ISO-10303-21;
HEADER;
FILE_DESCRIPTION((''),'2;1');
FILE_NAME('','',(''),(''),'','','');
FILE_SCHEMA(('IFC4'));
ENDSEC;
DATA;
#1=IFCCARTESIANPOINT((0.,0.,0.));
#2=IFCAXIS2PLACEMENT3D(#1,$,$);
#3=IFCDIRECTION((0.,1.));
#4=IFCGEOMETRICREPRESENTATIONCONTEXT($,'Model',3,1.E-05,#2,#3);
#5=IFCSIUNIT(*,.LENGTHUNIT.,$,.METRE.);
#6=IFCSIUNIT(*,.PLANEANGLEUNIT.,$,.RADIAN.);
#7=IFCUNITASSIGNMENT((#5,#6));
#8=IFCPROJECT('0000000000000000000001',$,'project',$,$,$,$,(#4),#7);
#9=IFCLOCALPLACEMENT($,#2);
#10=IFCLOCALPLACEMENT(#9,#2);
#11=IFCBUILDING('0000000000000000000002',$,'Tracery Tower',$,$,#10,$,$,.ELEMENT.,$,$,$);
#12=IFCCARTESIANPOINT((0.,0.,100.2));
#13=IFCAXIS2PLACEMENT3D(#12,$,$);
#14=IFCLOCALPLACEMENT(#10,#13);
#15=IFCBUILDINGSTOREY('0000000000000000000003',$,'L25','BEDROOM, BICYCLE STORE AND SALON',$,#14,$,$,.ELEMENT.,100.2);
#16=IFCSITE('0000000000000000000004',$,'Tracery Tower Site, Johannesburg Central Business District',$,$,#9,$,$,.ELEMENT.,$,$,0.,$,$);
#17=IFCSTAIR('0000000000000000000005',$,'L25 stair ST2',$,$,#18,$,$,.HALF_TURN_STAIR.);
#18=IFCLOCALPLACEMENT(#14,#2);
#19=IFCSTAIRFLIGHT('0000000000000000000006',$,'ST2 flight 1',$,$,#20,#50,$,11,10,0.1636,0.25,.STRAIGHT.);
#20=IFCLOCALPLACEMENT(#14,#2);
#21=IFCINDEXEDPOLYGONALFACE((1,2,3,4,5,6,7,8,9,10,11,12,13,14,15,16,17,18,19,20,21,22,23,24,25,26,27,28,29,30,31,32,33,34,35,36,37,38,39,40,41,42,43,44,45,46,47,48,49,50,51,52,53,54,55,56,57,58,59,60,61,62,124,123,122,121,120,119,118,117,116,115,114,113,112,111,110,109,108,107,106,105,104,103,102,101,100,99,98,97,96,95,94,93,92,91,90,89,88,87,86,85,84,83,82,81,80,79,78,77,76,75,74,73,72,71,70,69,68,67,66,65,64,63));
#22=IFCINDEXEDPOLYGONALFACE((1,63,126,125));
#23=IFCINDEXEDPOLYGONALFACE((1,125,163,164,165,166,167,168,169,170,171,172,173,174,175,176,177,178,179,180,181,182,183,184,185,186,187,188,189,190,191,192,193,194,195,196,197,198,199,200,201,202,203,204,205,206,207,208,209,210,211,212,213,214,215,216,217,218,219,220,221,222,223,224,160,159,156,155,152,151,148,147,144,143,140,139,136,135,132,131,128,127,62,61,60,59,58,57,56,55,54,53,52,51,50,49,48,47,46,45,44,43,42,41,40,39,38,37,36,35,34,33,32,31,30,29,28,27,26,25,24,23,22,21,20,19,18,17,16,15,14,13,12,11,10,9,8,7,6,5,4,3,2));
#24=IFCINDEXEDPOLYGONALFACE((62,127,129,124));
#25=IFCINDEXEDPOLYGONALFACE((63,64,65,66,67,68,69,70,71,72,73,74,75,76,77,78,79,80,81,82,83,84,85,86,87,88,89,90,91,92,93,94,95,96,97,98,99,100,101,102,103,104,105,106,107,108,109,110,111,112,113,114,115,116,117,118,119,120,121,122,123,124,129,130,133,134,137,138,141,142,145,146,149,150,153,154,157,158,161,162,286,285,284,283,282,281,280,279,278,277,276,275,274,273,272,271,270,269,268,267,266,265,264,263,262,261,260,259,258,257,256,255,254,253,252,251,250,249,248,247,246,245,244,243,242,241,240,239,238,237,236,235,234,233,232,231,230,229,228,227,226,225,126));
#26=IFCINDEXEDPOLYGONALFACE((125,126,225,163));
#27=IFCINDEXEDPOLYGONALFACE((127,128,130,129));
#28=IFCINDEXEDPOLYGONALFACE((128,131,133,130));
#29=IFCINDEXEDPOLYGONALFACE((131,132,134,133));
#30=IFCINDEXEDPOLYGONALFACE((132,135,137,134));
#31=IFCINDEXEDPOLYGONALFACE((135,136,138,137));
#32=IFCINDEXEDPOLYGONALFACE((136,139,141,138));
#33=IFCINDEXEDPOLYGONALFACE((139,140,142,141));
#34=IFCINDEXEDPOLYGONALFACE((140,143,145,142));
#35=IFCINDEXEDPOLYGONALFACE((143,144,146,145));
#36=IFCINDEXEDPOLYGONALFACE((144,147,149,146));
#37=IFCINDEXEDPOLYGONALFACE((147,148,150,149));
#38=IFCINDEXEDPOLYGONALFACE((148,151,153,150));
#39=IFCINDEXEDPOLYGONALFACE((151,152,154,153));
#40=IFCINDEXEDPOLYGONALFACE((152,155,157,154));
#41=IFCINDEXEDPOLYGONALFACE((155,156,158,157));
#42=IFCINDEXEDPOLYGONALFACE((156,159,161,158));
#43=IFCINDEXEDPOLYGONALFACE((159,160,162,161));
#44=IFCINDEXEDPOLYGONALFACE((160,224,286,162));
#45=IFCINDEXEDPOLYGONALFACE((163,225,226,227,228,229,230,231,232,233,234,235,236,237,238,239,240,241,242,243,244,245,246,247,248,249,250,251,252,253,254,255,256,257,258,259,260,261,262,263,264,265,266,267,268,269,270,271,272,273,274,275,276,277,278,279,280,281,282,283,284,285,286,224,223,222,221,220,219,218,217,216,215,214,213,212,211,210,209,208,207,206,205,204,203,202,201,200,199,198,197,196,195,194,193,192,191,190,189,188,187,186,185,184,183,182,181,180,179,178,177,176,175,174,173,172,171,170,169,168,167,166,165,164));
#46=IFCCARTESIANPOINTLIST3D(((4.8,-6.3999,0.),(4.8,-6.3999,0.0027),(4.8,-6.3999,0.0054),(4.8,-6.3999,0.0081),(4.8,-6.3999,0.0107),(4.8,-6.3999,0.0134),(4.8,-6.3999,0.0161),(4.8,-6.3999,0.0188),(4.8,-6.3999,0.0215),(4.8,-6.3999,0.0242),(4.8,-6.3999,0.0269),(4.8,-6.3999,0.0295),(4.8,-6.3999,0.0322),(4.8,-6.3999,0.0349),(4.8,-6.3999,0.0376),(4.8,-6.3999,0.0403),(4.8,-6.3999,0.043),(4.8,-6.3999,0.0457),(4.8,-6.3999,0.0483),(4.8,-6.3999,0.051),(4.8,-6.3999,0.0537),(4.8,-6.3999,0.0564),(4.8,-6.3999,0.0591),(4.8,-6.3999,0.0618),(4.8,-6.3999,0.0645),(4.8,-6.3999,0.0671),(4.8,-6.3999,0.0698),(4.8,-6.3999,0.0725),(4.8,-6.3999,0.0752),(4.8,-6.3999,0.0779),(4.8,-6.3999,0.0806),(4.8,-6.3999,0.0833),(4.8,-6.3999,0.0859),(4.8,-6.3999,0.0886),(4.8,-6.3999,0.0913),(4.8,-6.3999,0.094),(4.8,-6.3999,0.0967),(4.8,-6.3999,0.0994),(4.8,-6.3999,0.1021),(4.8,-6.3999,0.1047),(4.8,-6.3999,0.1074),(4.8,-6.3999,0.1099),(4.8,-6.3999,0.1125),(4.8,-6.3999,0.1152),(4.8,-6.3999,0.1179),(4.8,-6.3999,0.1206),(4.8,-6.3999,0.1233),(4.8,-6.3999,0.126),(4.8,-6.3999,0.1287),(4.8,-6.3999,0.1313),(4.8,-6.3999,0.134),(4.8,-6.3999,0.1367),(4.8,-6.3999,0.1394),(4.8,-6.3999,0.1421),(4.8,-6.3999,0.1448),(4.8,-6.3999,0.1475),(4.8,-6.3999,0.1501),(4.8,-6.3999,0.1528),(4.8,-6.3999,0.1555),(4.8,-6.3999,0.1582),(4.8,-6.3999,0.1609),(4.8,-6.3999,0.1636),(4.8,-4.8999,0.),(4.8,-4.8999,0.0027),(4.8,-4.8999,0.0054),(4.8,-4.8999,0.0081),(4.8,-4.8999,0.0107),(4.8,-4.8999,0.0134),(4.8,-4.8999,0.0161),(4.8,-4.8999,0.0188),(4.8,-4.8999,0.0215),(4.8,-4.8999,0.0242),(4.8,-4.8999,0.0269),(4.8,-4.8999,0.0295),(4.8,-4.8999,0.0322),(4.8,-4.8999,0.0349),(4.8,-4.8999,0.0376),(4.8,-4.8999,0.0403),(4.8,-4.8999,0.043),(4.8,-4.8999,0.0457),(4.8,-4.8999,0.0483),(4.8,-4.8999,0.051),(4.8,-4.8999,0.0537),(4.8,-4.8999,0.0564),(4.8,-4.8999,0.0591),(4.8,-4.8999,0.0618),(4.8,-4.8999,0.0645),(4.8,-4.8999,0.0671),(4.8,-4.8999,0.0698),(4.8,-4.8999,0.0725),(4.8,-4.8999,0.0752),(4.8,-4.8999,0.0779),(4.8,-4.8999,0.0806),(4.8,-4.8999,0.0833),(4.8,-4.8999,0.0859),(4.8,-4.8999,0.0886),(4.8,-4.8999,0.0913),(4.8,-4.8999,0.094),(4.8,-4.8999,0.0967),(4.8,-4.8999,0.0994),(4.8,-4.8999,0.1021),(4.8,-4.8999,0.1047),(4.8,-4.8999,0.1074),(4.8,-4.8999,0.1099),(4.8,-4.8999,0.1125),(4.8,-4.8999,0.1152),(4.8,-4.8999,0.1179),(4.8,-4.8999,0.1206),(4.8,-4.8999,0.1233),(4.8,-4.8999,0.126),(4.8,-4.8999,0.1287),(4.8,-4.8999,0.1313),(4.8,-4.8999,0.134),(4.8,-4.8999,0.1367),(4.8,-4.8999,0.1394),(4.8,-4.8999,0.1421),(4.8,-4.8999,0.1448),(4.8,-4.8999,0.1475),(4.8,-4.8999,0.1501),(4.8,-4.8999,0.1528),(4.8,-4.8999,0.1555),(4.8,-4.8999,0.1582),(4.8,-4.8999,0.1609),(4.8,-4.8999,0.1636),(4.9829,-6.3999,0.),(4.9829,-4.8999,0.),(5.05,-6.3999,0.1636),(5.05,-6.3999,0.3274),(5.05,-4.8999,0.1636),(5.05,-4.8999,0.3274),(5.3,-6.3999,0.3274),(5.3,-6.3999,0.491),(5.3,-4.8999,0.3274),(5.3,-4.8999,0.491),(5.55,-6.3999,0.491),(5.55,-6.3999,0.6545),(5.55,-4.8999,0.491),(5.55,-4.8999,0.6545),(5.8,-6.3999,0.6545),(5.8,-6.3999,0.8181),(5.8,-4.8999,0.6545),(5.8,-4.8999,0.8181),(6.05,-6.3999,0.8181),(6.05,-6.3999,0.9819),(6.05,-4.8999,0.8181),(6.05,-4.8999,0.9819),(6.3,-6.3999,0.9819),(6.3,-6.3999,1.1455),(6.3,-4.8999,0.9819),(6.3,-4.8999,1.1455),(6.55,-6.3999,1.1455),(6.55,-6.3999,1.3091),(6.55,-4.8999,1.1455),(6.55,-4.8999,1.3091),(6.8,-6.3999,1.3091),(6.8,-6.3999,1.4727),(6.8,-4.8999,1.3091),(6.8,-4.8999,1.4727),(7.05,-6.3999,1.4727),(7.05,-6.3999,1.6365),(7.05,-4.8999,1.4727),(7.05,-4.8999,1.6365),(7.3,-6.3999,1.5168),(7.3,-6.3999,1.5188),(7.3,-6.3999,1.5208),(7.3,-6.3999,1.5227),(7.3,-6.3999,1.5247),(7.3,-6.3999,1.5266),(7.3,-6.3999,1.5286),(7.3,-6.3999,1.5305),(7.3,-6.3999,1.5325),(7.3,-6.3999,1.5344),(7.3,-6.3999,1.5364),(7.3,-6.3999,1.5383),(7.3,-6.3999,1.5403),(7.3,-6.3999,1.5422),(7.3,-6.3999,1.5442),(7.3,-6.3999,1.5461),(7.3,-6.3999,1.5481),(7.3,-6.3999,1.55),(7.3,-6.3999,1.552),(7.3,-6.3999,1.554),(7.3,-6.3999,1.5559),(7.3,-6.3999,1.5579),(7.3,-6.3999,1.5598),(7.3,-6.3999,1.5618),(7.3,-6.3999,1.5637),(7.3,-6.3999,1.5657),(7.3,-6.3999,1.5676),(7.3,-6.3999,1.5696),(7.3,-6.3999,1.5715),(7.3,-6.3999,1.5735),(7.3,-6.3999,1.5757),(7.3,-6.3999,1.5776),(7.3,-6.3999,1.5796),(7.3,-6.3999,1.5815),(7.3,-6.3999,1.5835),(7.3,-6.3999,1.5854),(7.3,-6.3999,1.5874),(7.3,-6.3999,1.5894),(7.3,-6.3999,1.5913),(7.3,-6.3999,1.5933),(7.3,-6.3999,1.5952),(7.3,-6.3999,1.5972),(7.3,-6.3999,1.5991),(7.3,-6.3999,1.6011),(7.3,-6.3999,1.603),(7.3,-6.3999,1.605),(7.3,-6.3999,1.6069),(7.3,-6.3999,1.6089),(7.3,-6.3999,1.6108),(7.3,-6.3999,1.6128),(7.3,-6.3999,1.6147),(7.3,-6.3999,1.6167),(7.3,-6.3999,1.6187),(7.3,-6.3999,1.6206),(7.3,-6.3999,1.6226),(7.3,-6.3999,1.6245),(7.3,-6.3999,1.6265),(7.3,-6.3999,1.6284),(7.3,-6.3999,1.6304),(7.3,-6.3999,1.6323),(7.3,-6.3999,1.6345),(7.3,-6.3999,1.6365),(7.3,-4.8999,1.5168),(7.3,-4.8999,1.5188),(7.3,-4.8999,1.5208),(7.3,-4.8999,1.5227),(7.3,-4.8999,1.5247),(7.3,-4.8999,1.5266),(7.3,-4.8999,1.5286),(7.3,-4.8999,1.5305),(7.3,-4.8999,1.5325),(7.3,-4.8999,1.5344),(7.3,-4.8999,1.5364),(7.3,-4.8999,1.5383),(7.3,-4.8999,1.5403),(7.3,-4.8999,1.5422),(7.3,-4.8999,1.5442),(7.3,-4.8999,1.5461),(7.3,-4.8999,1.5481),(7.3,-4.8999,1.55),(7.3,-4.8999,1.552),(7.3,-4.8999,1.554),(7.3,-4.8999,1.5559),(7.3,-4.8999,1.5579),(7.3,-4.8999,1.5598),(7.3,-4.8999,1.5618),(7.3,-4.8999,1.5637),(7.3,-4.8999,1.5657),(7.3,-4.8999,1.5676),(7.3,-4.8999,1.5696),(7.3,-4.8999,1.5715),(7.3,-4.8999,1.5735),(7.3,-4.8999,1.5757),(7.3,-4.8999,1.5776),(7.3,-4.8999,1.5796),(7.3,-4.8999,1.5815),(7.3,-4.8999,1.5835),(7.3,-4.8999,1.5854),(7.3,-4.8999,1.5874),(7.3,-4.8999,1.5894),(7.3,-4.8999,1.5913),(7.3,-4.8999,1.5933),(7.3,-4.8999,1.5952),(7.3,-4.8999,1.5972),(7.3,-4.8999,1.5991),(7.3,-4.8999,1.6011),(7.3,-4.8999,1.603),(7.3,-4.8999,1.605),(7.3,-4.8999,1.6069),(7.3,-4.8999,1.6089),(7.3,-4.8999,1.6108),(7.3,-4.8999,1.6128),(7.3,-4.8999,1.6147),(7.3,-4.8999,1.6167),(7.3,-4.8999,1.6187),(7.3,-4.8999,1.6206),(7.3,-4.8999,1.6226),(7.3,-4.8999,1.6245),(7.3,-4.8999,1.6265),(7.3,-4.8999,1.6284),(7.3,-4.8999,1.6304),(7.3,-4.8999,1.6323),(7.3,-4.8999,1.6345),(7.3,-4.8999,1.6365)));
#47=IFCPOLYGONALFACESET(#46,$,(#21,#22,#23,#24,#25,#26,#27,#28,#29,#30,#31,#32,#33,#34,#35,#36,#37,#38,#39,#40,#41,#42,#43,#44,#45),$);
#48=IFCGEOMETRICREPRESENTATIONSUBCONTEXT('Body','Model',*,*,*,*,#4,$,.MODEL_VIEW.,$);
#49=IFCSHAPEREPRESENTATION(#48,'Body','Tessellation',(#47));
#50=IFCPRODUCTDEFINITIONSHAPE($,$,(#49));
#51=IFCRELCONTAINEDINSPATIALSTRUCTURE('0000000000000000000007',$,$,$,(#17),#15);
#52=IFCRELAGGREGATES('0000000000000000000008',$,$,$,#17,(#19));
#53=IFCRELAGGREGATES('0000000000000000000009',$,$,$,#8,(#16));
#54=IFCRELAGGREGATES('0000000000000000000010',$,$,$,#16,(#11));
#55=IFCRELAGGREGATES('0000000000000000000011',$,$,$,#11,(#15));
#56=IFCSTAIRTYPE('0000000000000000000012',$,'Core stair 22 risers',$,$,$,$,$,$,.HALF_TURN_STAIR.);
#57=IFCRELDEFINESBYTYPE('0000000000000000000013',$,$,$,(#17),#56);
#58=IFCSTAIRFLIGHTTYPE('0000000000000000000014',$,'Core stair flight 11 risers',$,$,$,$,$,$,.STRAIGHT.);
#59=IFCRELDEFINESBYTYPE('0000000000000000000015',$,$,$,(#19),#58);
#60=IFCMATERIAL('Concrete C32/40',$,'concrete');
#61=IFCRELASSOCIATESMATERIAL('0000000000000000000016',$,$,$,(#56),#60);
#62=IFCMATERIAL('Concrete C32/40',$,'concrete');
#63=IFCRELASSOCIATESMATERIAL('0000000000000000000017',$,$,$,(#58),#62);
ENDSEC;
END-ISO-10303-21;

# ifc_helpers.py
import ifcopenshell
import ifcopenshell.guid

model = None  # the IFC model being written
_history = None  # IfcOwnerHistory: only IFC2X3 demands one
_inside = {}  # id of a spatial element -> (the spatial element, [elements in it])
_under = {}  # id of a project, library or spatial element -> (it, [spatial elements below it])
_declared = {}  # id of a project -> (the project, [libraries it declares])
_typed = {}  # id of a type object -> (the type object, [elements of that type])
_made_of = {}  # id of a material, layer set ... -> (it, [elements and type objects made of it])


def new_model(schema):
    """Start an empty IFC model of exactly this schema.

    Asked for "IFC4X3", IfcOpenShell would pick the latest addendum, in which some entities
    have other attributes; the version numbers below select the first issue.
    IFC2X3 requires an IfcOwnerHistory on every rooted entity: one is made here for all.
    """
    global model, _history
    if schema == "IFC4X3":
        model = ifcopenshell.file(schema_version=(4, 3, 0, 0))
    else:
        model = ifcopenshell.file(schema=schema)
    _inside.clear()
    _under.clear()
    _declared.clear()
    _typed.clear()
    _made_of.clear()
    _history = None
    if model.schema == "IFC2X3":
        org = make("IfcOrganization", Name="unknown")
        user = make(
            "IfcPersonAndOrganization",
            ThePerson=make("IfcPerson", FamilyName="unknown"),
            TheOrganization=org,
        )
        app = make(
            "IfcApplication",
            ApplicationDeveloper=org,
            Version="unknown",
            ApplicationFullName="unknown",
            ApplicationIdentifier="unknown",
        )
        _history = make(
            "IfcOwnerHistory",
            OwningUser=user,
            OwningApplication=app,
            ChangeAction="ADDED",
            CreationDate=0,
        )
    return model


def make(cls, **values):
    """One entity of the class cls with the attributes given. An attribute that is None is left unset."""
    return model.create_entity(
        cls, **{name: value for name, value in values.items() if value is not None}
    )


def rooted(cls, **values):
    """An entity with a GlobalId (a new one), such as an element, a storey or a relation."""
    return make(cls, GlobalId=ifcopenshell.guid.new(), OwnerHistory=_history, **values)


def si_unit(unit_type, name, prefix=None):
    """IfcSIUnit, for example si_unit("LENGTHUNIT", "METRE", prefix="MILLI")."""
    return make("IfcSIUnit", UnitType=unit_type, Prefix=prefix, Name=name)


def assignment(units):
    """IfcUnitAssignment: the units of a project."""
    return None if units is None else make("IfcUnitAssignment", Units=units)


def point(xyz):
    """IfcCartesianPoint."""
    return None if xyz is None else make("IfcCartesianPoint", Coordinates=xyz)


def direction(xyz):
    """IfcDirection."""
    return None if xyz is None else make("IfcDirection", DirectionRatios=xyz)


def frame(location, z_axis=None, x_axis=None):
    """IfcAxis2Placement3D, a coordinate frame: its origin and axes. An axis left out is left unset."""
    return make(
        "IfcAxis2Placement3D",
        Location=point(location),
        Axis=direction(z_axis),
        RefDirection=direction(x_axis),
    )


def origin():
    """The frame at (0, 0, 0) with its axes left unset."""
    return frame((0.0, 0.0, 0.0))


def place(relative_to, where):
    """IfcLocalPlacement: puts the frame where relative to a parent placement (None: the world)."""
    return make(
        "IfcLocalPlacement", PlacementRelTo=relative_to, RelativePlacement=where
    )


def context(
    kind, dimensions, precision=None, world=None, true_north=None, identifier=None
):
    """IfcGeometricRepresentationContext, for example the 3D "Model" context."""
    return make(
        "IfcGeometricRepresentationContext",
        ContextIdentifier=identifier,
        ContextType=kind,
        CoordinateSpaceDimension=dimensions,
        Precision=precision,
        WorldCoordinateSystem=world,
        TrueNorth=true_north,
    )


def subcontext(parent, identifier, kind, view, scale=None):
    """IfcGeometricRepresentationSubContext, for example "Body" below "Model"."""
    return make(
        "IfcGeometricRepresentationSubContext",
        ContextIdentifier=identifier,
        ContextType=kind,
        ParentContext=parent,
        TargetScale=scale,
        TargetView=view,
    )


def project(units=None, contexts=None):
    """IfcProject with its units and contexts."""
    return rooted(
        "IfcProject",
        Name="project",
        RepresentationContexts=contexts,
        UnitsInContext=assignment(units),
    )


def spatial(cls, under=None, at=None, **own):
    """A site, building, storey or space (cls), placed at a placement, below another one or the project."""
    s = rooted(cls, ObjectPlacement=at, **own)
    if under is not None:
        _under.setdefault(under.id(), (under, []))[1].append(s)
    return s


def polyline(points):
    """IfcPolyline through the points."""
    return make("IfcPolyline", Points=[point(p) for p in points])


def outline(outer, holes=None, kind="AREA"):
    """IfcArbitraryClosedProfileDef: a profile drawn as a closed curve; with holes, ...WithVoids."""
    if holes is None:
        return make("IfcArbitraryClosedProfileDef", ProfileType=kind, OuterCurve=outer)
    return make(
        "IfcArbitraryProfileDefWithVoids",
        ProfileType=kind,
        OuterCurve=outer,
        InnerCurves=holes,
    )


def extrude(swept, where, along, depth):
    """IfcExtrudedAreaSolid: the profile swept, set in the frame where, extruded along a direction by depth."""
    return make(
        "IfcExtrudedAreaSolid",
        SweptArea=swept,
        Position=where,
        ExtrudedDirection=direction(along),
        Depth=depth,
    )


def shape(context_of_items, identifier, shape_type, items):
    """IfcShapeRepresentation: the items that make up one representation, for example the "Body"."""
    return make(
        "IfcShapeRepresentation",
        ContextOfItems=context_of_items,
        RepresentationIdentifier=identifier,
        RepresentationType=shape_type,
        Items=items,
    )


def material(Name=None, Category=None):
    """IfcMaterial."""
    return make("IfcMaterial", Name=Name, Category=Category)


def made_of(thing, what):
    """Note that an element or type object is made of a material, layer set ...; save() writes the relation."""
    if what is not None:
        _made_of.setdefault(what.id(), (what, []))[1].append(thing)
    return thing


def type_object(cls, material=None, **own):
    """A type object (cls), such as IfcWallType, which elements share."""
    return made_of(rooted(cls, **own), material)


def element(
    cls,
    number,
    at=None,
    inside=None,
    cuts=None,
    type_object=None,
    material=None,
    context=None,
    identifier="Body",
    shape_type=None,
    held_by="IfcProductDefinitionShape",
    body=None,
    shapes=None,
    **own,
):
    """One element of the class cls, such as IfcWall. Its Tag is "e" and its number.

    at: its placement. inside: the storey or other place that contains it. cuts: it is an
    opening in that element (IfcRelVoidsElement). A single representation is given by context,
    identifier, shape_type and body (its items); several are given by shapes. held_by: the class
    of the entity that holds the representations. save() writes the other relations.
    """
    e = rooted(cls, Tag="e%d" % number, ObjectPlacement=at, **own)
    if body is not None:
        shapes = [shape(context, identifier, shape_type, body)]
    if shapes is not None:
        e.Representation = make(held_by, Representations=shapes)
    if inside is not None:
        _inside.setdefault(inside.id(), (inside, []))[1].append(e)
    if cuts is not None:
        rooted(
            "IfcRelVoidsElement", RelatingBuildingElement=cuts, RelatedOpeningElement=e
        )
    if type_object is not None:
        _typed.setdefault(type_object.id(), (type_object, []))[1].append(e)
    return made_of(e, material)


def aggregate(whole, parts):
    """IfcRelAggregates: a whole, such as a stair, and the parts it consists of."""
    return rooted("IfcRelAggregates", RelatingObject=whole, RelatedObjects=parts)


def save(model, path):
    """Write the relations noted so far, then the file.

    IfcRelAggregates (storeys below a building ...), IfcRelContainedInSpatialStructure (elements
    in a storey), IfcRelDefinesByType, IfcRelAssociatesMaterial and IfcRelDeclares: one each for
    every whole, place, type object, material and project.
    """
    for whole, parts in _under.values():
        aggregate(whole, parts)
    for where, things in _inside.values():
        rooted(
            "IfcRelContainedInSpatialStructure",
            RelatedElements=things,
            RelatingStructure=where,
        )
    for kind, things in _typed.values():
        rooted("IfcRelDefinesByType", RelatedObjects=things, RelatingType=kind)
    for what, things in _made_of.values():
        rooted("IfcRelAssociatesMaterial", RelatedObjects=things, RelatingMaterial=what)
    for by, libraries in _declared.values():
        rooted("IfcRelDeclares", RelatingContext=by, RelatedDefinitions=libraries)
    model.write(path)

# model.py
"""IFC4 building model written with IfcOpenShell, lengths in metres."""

from ifc_helpers import new_model, si_unit, direction, frame, origin, place, context, subcontext, project, spatial, polyline, outline, extrude, material, type_object, element, aggregate, save


model = new_model("IFC4")

# Units and contexts
model_context = context("Model", 3, precision=1e-05, world=origin(), true_north=direction((0.0, 1.0)))
body_context = subcontext(model_context, "Body", "Model", "MODEL_VIEW")
ifc_project = project(units=[si_unit("LENGTHUNIT", "METRE"), si_unit("PLANEANGLEUNIT", "RADIAN")], contexts=[model_context])

# Site, building, storey
site_placement = place(None, origin())
site = spatial("IfcSite", under=ifc_project, at=site_placement, Name="Tracery Tower Site, Johannesburg Central Business District", CompositionType="ELEMENT", RefElevation=0.0)
building_placement = place(site_placement, origin())
building = spatial("IfcBuilding", under=site, at=building_placement, Name="Tracery Tower", CompositionType="ELEMENT")
storey_placement = place(building_placement, frame((0.0, 0.0, 100.2)))
storey = spatial("IfcBuildingStorey", under=building, at=storey_placement, Name="L25", Description="BEDROOM, BICYCLE STORE AND SALON", CompositionType="ELEMENT", Elevation=100.2)

# Stair, stair flight
ifc_material_1 = material(Name="Concrete C32/40", Category="concrete")
stair_type = type_object("IfcStairType", Name="Core stair 22 risers", PredefinedType="HALF_TURN_STAIR", material=ifc_material_1)
stair_placement = place(storey_placement, origin())
stair = element("IfcStair", 1, at=stair_placement, inside=storey, type_object=stair_type, Name="L25 stair ST2", PredefinedType="HALF_TURN_STAIR")
ifc_material_2 = material(Name="Concrete C32/40", Category="concrete")
stair_flight_type = type_object("IfcStairFlightType", Name="Core stair flight 11 risers", PredefinedType="STRAIGHT", material=ifc_material_2)
stair_flight_1_placement = place(storey_placement, frame((4.8, -5.6499, 0.0), z_axis=(0.0, 0.0, 1.0), x_axis=(1.0, 0.0, 0.0)))
stair_flight_1 = element("IfcStairFlight", 2, at=stair_flight_1_placement, type_object=stair_flight_type, Name="ST2 flight 1", NumberOfRisers=11, NumberOfTreads=10, PredefinedType="STRAIGHT", RiserHeight=0.1636, TreadLength=0.25, context=body_context, shape_type="SweptSolid", body=[
    extrude(outline(polyline([(0.0, 0.0), (0.0, 0.0027), (0.0, 0.0054), (0.0, 0.0081), (0.0, 0.0107), (0.0, 0.0134), (0.0, 0.0161), (0.0, 0.0188), (0.0, 0.0215), (0.0, 0.0242), (0.0, 0.0269), (0.0, 0.0295), (0.0, 0.0322), (0.0, 0.0349), (0.0, 0.0376), (0.0, 0.0403), (0.0, 0.043), (0.0, 0.0457), (0.0, 0.0483), (0.0, 0.051), (0.0, 0.0537), (0.0, 0.0564), (0.0, 0.0591), (0.0, 0.0618), (0.0, 0.0645), (0.0, 0.0671), (0.0, 0.0698), (0.0, 0.0725), (0.0, 0.0752), (0.0, 0.0779), (0.0, 0.0806), (0.0, 0.0833), (0.0, 0.0859), (0.0, 0.0886), (0.0, 0.0913), (0.0, 0.094), (0.0, 0.0967), (0.0, 0.0994), (0.0, 0.1021), (0.0, 0.1047), (0.0, 0.1074), (0.0, 0.1099), (0.0, 0.1125), (0.0, 0.1152), (0.0, 0.1179), (0.0, 0.1206), (0.0, 0.1233), (0.0, 0.126), (0.0, 0.1287), (0.0, 0.1313), (0.0, 0.134), (0.0, 0.1367), (0.0, 0.1394), (0.0, 0.1421), (0.0, 0.1448), (0.0, 0.1475), (0.0, 0.1501), (0.0, 0.1528), (0.0, 0.1555), (0.0, 0.1582), (0.0, 0.1609), (0.0, 0.1636), (0.25, 0.1636), (0.25, 0.3274), (0.5, 0.3274), (0.5, 0.491), (0.75, 0.491), (0.75, 0.6545), (1.0, 0.6545), (1.0, 0.8181), (1.25, 0.8181), (1.25, 0.9819), (1.5, 0.9819), (1.5, 1.1455), (1.75, 1.1455), (1.75, 1.3091), (2.0, 1.3091), (2.0, 1.4727), (2.25, 1.4727), (2.25, 1.6365), (2.5, 1.6365), (2.5, 1.6345), (2.5, 1.6323), (2.5, 1.6304), (2.5, 1.6284), (2.5, 1.6265), (2.5, 1.6245), (2.5, 1.6226), (2.5, 1.6206), (2.5, 1.6187), (2.5, 1.6167), (2.5, 1.6147), (2.5, 1.6128), (2.5, 1.6108), (2.5, 1.6089), (2.5, 1.6069), (2.5, 1.605), (2.5, 1.603), (2.5, 1.6011), (2.5, 1.5991), (2.5, 1.5972), (2.5, 1.5952), (2.5, 1.5933), (2.5, 1.5913), (2.5, 1.5894), (2.5, 1.5874), (2.5, 1.5854), (2.5, 1.5835), (2.5, 1.5815), (2.5, 1.5796), (2.5, 1.5776), (2.5, 1.5757), (2.5, 1.5735), (2.5, 1.5715), (2.5, 1.5696), (2.5, 1.5676), (2.5, 1.5657), (2.5, 1.5637), (2.5, 1.5618), (2.5, 1.5598), (2.5, 1.5579), (2.5, 1.5559), (2.5, 1.554), (2.5, 1.552), (2.5, 1.55), (2.5, 1.5481), (2.5, 1.5461), (2.5, 1.5442), (2.5, 1.5422), (2.5, 1.5403), (2.5, 1.5383), (2.5, 1.5364), (2.5, 1.5344), (2.5, 1.5325), (2.5, 1.5305), (2.5, 1.5286), (2.5, 1.5266), (2.5, 1.5247), (2.5, 1.5227), (2.5, 1.5208), (2.5, 1.5188), (2.5, 1.5168), (0.1829, 0.0), (0.0, 0.0)])), frame((0.0, 0.75, 0.0), z_axis=(0.0, -1.0, 0.0), x_axis=(1.0, 0.0, 0.0)), (0.0, 0.0, 1.0), 1.5),
])
aggregate(stair, [stair_flight_1])

save(model, "model.ifc")
